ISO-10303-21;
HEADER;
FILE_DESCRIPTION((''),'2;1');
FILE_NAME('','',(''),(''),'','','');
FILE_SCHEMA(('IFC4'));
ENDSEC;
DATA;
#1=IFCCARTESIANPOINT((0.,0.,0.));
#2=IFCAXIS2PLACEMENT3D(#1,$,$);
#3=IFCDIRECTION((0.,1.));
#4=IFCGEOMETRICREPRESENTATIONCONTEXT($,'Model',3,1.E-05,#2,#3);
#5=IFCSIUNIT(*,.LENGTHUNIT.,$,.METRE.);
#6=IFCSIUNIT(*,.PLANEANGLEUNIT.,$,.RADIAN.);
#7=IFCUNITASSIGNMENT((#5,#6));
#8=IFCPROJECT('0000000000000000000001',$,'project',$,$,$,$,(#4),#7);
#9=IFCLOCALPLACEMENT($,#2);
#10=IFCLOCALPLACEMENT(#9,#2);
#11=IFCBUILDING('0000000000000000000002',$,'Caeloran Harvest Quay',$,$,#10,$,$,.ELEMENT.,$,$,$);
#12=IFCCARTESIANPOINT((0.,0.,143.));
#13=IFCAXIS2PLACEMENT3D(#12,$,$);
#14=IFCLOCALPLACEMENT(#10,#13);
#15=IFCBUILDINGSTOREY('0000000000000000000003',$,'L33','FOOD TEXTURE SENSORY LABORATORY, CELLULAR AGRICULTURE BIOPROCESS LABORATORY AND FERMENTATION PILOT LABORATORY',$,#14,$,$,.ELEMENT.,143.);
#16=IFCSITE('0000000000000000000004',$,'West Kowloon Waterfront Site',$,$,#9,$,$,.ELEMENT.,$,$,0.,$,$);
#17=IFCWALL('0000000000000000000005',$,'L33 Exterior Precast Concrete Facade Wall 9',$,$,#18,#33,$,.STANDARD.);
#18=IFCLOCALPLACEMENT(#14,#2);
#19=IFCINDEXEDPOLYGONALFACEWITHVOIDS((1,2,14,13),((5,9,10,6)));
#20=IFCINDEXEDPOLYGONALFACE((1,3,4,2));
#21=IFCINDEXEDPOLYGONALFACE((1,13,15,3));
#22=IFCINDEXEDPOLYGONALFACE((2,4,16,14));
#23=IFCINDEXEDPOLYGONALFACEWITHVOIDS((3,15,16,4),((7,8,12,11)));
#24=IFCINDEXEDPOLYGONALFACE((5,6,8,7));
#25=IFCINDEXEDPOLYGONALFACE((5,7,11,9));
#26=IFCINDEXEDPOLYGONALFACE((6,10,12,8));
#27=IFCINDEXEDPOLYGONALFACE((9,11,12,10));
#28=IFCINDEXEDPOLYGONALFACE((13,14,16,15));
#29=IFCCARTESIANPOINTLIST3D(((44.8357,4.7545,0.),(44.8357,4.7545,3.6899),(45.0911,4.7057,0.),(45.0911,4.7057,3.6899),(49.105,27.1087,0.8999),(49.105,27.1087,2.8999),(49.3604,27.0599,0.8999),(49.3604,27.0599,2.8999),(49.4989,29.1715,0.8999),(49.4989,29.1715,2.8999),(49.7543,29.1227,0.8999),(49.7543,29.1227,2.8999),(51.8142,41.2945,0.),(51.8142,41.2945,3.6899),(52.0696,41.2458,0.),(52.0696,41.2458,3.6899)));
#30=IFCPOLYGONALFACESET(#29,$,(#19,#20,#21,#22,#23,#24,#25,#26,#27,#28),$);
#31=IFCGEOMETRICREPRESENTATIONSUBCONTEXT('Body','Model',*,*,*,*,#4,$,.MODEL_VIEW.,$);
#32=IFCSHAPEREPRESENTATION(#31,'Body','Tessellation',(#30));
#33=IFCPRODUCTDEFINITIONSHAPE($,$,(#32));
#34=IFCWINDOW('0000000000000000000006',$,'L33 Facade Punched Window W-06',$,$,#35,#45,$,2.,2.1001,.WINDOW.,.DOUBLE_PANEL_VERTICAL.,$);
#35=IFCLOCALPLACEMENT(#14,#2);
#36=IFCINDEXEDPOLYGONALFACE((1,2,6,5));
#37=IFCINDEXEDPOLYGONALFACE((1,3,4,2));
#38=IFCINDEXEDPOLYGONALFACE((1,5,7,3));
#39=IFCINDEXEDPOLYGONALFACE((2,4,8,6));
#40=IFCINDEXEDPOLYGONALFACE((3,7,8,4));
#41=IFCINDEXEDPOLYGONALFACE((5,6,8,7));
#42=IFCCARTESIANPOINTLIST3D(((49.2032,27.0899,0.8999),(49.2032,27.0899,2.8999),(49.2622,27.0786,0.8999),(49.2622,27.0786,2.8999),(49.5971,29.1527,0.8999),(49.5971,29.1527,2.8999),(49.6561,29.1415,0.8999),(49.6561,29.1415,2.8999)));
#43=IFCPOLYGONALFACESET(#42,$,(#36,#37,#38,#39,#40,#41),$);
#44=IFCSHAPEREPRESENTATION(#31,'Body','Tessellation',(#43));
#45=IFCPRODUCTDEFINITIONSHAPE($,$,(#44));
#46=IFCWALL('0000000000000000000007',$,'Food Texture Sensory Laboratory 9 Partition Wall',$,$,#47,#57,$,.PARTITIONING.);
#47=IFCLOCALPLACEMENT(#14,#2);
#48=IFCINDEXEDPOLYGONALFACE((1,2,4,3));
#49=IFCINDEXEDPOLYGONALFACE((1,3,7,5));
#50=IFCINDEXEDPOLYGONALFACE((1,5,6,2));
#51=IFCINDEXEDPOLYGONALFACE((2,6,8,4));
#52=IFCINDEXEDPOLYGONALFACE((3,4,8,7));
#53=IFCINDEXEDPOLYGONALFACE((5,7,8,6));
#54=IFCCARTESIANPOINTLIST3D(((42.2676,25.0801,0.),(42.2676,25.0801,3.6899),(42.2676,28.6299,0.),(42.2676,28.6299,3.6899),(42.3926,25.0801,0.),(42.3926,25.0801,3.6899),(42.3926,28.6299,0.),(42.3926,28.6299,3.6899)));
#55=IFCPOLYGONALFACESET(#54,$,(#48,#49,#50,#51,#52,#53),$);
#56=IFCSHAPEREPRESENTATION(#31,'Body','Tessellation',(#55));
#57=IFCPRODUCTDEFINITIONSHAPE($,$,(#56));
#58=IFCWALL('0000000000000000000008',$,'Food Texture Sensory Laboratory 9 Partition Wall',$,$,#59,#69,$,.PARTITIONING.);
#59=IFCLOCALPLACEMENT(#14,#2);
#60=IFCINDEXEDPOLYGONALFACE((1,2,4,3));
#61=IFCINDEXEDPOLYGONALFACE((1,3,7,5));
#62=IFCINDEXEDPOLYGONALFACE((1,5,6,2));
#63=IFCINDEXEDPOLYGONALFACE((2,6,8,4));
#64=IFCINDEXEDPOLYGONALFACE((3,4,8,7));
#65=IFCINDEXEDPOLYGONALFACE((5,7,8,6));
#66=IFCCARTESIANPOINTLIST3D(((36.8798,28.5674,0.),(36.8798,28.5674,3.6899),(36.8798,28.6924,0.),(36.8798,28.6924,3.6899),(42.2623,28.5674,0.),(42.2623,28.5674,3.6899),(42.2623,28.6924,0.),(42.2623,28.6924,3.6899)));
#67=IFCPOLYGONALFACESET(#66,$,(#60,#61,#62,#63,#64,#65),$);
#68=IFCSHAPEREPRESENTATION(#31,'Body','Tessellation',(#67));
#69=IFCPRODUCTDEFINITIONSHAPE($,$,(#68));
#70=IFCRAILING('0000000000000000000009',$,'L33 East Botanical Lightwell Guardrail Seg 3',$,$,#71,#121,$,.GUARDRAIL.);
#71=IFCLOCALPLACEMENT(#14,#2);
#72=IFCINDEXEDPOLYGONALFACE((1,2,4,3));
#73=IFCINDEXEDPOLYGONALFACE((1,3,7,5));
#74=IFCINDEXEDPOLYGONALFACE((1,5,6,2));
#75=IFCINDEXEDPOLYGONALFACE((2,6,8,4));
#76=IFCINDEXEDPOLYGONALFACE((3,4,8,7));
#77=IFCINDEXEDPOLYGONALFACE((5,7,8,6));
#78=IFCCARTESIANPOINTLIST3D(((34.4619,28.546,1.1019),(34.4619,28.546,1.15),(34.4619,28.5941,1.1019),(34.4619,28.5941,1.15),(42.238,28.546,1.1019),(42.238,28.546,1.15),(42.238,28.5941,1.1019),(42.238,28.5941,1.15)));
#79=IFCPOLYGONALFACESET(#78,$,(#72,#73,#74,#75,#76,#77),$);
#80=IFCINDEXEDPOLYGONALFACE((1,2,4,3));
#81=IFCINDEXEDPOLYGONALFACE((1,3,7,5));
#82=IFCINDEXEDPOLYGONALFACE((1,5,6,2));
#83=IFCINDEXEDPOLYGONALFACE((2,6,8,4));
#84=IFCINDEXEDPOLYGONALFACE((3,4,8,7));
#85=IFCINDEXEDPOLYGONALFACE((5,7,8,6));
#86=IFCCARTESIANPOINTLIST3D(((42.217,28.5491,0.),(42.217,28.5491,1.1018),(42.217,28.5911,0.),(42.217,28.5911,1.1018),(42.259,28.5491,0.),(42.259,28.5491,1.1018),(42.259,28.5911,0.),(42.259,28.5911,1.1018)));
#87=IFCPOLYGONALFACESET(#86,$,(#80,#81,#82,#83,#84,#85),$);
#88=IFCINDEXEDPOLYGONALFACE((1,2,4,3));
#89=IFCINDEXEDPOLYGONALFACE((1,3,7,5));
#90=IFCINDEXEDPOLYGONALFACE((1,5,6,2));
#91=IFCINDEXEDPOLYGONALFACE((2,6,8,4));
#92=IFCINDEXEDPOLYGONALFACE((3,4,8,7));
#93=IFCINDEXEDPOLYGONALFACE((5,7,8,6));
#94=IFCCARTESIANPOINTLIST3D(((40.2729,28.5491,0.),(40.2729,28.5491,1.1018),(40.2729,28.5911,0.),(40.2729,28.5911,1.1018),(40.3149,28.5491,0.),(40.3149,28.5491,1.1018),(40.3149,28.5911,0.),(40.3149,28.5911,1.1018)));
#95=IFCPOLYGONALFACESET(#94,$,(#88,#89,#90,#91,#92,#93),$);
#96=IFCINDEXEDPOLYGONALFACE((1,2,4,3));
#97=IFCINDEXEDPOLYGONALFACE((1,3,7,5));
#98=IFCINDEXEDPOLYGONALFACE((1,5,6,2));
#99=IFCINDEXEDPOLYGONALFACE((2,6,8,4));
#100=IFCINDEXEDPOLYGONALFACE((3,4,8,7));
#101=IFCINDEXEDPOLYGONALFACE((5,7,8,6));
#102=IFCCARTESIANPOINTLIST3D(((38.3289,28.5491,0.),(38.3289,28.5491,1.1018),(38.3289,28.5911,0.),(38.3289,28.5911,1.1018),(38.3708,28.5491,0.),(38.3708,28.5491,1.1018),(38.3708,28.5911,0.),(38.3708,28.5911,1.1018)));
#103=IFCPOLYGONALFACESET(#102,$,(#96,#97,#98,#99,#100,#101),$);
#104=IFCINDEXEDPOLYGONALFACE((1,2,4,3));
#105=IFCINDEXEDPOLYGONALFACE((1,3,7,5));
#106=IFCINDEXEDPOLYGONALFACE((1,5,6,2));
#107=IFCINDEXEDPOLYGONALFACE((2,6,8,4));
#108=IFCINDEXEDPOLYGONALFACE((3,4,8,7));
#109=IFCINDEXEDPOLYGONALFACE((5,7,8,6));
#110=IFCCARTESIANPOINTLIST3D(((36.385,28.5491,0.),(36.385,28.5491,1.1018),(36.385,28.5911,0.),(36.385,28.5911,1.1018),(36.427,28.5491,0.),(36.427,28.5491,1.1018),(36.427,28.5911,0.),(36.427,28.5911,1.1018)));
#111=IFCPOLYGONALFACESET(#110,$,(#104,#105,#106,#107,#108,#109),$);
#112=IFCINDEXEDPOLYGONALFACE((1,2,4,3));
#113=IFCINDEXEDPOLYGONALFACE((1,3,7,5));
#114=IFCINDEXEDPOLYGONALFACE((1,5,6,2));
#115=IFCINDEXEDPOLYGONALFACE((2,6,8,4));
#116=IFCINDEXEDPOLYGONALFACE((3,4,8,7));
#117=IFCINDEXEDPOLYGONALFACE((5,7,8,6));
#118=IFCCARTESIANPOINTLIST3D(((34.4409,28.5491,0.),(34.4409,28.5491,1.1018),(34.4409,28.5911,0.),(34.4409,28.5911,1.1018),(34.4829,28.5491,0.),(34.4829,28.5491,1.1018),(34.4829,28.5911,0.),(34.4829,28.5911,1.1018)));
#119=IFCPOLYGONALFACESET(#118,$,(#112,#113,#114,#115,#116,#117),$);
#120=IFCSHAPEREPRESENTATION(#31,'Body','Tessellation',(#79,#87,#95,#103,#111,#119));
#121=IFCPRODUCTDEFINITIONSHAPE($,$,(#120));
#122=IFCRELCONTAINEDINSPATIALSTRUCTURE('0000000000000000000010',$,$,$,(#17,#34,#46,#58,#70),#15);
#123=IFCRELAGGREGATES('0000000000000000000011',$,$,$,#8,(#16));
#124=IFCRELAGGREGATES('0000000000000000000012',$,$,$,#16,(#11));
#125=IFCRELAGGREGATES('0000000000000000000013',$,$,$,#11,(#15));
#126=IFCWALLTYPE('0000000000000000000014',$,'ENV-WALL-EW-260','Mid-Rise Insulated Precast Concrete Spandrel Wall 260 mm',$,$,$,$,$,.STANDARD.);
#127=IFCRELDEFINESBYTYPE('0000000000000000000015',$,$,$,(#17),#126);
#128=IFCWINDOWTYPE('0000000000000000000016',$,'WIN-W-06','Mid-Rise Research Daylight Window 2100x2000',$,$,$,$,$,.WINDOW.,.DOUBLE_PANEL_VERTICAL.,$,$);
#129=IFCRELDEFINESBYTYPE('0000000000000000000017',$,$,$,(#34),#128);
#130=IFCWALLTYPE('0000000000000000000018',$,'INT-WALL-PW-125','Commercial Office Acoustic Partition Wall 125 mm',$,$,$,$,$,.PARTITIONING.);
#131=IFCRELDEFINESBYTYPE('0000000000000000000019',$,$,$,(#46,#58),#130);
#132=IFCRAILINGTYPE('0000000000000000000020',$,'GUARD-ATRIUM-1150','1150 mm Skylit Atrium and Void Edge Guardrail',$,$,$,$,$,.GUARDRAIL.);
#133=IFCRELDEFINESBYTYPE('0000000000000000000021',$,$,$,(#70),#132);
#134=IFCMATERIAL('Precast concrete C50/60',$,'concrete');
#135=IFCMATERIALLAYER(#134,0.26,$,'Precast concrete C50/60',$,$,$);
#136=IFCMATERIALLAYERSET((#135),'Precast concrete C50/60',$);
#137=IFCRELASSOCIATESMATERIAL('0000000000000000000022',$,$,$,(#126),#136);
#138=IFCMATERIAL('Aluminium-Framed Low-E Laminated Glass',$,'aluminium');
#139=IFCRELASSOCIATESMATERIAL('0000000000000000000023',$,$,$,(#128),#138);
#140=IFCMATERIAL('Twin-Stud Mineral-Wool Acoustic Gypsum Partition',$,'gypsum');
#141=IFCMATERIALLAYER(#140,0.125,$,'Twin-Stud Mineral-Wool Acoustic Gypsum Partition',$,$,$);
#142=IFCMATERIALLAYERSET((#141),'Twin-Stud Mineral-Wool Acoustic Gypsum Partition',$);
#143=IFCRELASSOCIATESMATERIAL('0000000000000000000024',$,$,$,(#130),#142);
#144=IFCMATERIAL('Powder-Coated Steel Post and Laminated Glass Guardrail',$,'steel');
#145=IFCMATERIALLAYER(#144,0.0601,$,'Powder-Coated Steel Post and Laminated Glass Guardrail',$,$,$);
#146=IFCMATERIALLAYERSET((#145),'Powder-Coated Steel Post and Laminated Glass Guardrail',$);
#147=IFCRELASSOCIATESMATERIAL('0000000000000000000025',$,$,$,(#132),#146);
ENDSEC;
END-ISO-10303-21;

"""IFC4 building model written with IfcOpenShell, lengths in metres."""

from ifc_helpers import new_model, si_unit, direction, frame, frame_2d, origin, origin_2d, place, context, subcontext, project, spatial, rectangle, extrude, material, layer, layer_set, type_object, element, fill, save


model = new_model("IFC4")

# Units and contexts
model_context = context("Model", 3, precision=1e-05, world=origin(), true_north=direction((0.0, 1.0)))
body_context = subcontext(model_context, "Body", "Model", "MODEL_VIEW")
ifc_project = project(units=[si_unit("LENGTHUNIT", "METRE"), si_unit("PLANEANGLEUNIT", "RADIAN")], contexts=[model_context])

# Site, building, storey
site_placement = place(None, origin())
site = spatial("IfcSite", under=ifc_project, at=site_placement, Name="West Kowloon Waterfront Site", CompositionType="ELEMENT", RefElevation=0.0)
building_placement = place(site_placement, origin())
building = spatial("IfcBuilding", under=site, at=building_placement, Name="Caeloran Harvest Quay", CompositionType="ELEMENT")
storey_placement = place(building_placement, frame((0.0, 0.0, 143.0)))
storey = spatial("IfcBuildingStorey", under=building, at=storey_placement, Name="L33", Description="FOOD TEXTURE SENSORY LABORATORY, CELLULAR AGRICULTURE BIOPROCESS LABORATORY AND FERMENTATION PILOT LABORATORY", CompositionType="ELEMENT", Elevation=143.0)

# Shared definitions
ifc_material_1 = material(Name="Precast concrete C50/60", Category="concrete")
ifc_layer_1 = layer(ifc_material_1, 0.26, Name="Precast concrete C50/60")
ifc_layer_set_1 = layer_set([ifc_layer_1], Name="Precast concrete C50/60")
wall_type_1 = type_object("IfcWallType", Name="ENV-WALL-EW-260", Description="Mid-Rise Insulated Precast Concrete Spandrel Wall 260 mm", PredefinedType="STANDARD", material=ifc_layer_set_1)

# Wall, opening, window
wall_1_placement = place(storey_placement, frame((51.9419, 41.27, 0.0), z_axis=(0.0, 0.0, 1.0), x_axis=(-0.187592, -0.982247, 0.0)))
wall_1 = element("IfcWall", 1, at=wall_1_placement, inside=storey, type_object=wall_type_1, Name="L33 Exterior Precast Concrete Facade Wall 9", PredefinedType="STANDARD", context=body_context, shape_type="SweptSolid", body=[
    extrude(rectangle(XDim=37.2004, YDim=0.26, at=frame_2d((18.6001, 0.0))), origin(), (0.0, 0.0, 1.0), 3.6899),
])
opening_placement = place(wall_1_placement, frame((12.342, 0.0, 0.8999)))
opening = element("IfcOpeningElement", 2, at=opening_placement, cuts=wall_1, PredefinedType="OPENING", context=body_context, shape_type="SweptSolid", body=[
    extrude(rectangle(XDim=2.1001, YDim=2.0, at=frame_2d((1.05, 1.0))), frame((0.0, 0.1401, 0.0), z_axis=(0.0, -1.0, 0.0), x_axis=(1.0, 0.0, 0.0)), (0.0, 0.0, 1.0), 0.28),
])
ifc_material_2 = material(Name="Aluminium-Framed Low-E Laminated Glass", Category="aluminium")
window_type = type_object("IfcWindowType", Name="WIN-W-06", Description="Mid-Rise Research Daylight Window 2100x2000", PartitioningType="DOUBLE_PANEL_VERTICAL", PredefinedType="WINDOW", material=ifc_material_2)
window_placement = place(opening_placement, origin())
window = element("IfcWindow", 3, at=window_placement, inside=storey, type_object=window_type, Name="L33 Facade Punched Window W-06", OverallHeight=2.0, OverallWidth=2.1001, PartitioningType="DOUBLE_PANEL_VERTICAL", PredefinedType="WINDOW", context=body_context, shape_type="SweptSolid", body=[
    extrude(rectangle(XDim=2.1001, YDim=2.0, at=frame_2d((1.05, 1.0))), frame((0.0, 0.03, 0.0), z_axis=(0.0, -1.0, 0.0), x_axis=(1.0, 0.0, 0.0)), (0.0, 0.0, 1.0), 0.0601),
])
fill(opening, window)

# Walls
ifc_material_3 = material(Name="Twin-Stud Mineral-Wool Acoustic Gypsum Partition", Category="gypsum")
ifc_layer_2 = layer(ifc_material_3, 0.125, Name="Twin-Stud Mineral-Wool Acoustic Gypsum Partition")
ifc_layer_set_2 = layer_set([ifc_layer_2], Name="Twin-Stud Mineral-Wool Acoustic Gypsum Partition")
wall_type_2 = type_object("IfcWallType", Name="INT-WALL-PW-125", Description="Commercial Office Acoustic Partition Wall 125 mm", PredefinedType="PARTITIONING", material=ifc_layer_set_2)
wall_2_placement = place(storey_placement, frame((42.3301, 25.0801, 0.0), z_axis=(0.0, 0.0, 1.0), x_axis=(0.0, 1.0, 0.0)))
element("IfcWall", 4, at=wall_2_placement, inside=storey, type_object=wall_type_2, Name="Food Texture Sensory Laboratory 9 Partition Wall", PredefinedType="PARTITIONING", context=body_context, shape_type="SweptSolid", body=[
    extrude(rectangle(XDim=3.5498, YDim=0.125, at=frame_2d((1.7749, 0.0))), origin(), (0.0, 0.0, 1.0), 3.6899),
])
wall_3_placement = place(storey_placement, frame((42.2625, 28.6299, 0.0), z_axis=(0.0, 0.0, 1.0), x_axis=(-1.0, 0.0, 0.0)))
element("IfcWall", 5, at=wall_3_placement, inside=storey, type_object=wall_type_2, Name="Food Texture Sensory Laboratory 9 Partition Wall", PredefinedType="PARTITIONING", context=body_context, shape_type="SweptSolid", body=[
    extrude(rectangle(XDim=5.3826, YDim=0.125, at=frame_2d((2.6914, 0.0))), origin(), (0.0, 0.0, 1.0), 3.6899),
])

# Railing
ifc_material_4 = material(Name="Powder-Coated Steel Post and Laminated Glass Guardrail", Category="steel")
ifc_layer_3 = layer(ifc_material_4, 0.0601, Name="Powder-Coated Steel Post and Laminated Glass Guardrail")
ifc_layer_set_3 = layer_set([ifc_layer_3], Name="Powder-Coated Steel Post and Laminated Glass Guardrail")
railing_type = type_object("IfcRailingType", Name="GUARD-ATRIUM-1150", Description="1150 mm Skylit Atrium and Void Edge Guardrail", PredefinedType="GUARDRAIL", material=ifc_layer_set_3)
railing_placement = place(storey_placement, frame((42.238, 28.5701, 0.0)))
element("IfcRailing", 6, at=railing_placement, inside=storey, type_object=railing_type, Name="L33 East Botanical Lightwell Guardrail Seg 3", PredefinedType="GUARDRAIL", context=body_context, shape_type="SweptSolid", body=[
    extrude(rectangle(XDim=0.0481, YDim=0.0481, at=origin_2d()), frame((0.0, 0.0, 1.126), z_axis=(-1.0, 0.0, 0.0), x_axis=(0.0, -1.0, 0.0)), (0.0, 0.0, 1.0), 7.7761),
    extrude(rectangle(XDim=0.042, YDim=0.042, at=origin_2d()), origin(), (0.0, 0.0, 1.0), 1.1018),
    extrude(rectangle(XDim=0.042, YDim=0.042, at=origin_2d()), frame((-1.9441, 0.0, 0.0)), (0.0, 0.0, 1.0), 1.1018),
    extrude(rectangle(XDim=0.042, YDim=0.042, at=origin_2d()), frame((-3.8882, 0.0, 0.0)), (0.0, 0.0, 1.0), 1.1018),
    extrude(rectangle(XDim=0.042, YDim=0.042, at=origin_2d()), frame((-5.832, 0.0, 0.0)), (0.0, 0.0, 1.0), 1.1018),
    extrude(rectangle(XDim=0.042, YDim=0.042, at=origin_2d()), frame((-7.7761, 0.0, 0.0)), (0.0, 0.0, 1.0), 1.1018),
])

save(model, "model.ifc")
